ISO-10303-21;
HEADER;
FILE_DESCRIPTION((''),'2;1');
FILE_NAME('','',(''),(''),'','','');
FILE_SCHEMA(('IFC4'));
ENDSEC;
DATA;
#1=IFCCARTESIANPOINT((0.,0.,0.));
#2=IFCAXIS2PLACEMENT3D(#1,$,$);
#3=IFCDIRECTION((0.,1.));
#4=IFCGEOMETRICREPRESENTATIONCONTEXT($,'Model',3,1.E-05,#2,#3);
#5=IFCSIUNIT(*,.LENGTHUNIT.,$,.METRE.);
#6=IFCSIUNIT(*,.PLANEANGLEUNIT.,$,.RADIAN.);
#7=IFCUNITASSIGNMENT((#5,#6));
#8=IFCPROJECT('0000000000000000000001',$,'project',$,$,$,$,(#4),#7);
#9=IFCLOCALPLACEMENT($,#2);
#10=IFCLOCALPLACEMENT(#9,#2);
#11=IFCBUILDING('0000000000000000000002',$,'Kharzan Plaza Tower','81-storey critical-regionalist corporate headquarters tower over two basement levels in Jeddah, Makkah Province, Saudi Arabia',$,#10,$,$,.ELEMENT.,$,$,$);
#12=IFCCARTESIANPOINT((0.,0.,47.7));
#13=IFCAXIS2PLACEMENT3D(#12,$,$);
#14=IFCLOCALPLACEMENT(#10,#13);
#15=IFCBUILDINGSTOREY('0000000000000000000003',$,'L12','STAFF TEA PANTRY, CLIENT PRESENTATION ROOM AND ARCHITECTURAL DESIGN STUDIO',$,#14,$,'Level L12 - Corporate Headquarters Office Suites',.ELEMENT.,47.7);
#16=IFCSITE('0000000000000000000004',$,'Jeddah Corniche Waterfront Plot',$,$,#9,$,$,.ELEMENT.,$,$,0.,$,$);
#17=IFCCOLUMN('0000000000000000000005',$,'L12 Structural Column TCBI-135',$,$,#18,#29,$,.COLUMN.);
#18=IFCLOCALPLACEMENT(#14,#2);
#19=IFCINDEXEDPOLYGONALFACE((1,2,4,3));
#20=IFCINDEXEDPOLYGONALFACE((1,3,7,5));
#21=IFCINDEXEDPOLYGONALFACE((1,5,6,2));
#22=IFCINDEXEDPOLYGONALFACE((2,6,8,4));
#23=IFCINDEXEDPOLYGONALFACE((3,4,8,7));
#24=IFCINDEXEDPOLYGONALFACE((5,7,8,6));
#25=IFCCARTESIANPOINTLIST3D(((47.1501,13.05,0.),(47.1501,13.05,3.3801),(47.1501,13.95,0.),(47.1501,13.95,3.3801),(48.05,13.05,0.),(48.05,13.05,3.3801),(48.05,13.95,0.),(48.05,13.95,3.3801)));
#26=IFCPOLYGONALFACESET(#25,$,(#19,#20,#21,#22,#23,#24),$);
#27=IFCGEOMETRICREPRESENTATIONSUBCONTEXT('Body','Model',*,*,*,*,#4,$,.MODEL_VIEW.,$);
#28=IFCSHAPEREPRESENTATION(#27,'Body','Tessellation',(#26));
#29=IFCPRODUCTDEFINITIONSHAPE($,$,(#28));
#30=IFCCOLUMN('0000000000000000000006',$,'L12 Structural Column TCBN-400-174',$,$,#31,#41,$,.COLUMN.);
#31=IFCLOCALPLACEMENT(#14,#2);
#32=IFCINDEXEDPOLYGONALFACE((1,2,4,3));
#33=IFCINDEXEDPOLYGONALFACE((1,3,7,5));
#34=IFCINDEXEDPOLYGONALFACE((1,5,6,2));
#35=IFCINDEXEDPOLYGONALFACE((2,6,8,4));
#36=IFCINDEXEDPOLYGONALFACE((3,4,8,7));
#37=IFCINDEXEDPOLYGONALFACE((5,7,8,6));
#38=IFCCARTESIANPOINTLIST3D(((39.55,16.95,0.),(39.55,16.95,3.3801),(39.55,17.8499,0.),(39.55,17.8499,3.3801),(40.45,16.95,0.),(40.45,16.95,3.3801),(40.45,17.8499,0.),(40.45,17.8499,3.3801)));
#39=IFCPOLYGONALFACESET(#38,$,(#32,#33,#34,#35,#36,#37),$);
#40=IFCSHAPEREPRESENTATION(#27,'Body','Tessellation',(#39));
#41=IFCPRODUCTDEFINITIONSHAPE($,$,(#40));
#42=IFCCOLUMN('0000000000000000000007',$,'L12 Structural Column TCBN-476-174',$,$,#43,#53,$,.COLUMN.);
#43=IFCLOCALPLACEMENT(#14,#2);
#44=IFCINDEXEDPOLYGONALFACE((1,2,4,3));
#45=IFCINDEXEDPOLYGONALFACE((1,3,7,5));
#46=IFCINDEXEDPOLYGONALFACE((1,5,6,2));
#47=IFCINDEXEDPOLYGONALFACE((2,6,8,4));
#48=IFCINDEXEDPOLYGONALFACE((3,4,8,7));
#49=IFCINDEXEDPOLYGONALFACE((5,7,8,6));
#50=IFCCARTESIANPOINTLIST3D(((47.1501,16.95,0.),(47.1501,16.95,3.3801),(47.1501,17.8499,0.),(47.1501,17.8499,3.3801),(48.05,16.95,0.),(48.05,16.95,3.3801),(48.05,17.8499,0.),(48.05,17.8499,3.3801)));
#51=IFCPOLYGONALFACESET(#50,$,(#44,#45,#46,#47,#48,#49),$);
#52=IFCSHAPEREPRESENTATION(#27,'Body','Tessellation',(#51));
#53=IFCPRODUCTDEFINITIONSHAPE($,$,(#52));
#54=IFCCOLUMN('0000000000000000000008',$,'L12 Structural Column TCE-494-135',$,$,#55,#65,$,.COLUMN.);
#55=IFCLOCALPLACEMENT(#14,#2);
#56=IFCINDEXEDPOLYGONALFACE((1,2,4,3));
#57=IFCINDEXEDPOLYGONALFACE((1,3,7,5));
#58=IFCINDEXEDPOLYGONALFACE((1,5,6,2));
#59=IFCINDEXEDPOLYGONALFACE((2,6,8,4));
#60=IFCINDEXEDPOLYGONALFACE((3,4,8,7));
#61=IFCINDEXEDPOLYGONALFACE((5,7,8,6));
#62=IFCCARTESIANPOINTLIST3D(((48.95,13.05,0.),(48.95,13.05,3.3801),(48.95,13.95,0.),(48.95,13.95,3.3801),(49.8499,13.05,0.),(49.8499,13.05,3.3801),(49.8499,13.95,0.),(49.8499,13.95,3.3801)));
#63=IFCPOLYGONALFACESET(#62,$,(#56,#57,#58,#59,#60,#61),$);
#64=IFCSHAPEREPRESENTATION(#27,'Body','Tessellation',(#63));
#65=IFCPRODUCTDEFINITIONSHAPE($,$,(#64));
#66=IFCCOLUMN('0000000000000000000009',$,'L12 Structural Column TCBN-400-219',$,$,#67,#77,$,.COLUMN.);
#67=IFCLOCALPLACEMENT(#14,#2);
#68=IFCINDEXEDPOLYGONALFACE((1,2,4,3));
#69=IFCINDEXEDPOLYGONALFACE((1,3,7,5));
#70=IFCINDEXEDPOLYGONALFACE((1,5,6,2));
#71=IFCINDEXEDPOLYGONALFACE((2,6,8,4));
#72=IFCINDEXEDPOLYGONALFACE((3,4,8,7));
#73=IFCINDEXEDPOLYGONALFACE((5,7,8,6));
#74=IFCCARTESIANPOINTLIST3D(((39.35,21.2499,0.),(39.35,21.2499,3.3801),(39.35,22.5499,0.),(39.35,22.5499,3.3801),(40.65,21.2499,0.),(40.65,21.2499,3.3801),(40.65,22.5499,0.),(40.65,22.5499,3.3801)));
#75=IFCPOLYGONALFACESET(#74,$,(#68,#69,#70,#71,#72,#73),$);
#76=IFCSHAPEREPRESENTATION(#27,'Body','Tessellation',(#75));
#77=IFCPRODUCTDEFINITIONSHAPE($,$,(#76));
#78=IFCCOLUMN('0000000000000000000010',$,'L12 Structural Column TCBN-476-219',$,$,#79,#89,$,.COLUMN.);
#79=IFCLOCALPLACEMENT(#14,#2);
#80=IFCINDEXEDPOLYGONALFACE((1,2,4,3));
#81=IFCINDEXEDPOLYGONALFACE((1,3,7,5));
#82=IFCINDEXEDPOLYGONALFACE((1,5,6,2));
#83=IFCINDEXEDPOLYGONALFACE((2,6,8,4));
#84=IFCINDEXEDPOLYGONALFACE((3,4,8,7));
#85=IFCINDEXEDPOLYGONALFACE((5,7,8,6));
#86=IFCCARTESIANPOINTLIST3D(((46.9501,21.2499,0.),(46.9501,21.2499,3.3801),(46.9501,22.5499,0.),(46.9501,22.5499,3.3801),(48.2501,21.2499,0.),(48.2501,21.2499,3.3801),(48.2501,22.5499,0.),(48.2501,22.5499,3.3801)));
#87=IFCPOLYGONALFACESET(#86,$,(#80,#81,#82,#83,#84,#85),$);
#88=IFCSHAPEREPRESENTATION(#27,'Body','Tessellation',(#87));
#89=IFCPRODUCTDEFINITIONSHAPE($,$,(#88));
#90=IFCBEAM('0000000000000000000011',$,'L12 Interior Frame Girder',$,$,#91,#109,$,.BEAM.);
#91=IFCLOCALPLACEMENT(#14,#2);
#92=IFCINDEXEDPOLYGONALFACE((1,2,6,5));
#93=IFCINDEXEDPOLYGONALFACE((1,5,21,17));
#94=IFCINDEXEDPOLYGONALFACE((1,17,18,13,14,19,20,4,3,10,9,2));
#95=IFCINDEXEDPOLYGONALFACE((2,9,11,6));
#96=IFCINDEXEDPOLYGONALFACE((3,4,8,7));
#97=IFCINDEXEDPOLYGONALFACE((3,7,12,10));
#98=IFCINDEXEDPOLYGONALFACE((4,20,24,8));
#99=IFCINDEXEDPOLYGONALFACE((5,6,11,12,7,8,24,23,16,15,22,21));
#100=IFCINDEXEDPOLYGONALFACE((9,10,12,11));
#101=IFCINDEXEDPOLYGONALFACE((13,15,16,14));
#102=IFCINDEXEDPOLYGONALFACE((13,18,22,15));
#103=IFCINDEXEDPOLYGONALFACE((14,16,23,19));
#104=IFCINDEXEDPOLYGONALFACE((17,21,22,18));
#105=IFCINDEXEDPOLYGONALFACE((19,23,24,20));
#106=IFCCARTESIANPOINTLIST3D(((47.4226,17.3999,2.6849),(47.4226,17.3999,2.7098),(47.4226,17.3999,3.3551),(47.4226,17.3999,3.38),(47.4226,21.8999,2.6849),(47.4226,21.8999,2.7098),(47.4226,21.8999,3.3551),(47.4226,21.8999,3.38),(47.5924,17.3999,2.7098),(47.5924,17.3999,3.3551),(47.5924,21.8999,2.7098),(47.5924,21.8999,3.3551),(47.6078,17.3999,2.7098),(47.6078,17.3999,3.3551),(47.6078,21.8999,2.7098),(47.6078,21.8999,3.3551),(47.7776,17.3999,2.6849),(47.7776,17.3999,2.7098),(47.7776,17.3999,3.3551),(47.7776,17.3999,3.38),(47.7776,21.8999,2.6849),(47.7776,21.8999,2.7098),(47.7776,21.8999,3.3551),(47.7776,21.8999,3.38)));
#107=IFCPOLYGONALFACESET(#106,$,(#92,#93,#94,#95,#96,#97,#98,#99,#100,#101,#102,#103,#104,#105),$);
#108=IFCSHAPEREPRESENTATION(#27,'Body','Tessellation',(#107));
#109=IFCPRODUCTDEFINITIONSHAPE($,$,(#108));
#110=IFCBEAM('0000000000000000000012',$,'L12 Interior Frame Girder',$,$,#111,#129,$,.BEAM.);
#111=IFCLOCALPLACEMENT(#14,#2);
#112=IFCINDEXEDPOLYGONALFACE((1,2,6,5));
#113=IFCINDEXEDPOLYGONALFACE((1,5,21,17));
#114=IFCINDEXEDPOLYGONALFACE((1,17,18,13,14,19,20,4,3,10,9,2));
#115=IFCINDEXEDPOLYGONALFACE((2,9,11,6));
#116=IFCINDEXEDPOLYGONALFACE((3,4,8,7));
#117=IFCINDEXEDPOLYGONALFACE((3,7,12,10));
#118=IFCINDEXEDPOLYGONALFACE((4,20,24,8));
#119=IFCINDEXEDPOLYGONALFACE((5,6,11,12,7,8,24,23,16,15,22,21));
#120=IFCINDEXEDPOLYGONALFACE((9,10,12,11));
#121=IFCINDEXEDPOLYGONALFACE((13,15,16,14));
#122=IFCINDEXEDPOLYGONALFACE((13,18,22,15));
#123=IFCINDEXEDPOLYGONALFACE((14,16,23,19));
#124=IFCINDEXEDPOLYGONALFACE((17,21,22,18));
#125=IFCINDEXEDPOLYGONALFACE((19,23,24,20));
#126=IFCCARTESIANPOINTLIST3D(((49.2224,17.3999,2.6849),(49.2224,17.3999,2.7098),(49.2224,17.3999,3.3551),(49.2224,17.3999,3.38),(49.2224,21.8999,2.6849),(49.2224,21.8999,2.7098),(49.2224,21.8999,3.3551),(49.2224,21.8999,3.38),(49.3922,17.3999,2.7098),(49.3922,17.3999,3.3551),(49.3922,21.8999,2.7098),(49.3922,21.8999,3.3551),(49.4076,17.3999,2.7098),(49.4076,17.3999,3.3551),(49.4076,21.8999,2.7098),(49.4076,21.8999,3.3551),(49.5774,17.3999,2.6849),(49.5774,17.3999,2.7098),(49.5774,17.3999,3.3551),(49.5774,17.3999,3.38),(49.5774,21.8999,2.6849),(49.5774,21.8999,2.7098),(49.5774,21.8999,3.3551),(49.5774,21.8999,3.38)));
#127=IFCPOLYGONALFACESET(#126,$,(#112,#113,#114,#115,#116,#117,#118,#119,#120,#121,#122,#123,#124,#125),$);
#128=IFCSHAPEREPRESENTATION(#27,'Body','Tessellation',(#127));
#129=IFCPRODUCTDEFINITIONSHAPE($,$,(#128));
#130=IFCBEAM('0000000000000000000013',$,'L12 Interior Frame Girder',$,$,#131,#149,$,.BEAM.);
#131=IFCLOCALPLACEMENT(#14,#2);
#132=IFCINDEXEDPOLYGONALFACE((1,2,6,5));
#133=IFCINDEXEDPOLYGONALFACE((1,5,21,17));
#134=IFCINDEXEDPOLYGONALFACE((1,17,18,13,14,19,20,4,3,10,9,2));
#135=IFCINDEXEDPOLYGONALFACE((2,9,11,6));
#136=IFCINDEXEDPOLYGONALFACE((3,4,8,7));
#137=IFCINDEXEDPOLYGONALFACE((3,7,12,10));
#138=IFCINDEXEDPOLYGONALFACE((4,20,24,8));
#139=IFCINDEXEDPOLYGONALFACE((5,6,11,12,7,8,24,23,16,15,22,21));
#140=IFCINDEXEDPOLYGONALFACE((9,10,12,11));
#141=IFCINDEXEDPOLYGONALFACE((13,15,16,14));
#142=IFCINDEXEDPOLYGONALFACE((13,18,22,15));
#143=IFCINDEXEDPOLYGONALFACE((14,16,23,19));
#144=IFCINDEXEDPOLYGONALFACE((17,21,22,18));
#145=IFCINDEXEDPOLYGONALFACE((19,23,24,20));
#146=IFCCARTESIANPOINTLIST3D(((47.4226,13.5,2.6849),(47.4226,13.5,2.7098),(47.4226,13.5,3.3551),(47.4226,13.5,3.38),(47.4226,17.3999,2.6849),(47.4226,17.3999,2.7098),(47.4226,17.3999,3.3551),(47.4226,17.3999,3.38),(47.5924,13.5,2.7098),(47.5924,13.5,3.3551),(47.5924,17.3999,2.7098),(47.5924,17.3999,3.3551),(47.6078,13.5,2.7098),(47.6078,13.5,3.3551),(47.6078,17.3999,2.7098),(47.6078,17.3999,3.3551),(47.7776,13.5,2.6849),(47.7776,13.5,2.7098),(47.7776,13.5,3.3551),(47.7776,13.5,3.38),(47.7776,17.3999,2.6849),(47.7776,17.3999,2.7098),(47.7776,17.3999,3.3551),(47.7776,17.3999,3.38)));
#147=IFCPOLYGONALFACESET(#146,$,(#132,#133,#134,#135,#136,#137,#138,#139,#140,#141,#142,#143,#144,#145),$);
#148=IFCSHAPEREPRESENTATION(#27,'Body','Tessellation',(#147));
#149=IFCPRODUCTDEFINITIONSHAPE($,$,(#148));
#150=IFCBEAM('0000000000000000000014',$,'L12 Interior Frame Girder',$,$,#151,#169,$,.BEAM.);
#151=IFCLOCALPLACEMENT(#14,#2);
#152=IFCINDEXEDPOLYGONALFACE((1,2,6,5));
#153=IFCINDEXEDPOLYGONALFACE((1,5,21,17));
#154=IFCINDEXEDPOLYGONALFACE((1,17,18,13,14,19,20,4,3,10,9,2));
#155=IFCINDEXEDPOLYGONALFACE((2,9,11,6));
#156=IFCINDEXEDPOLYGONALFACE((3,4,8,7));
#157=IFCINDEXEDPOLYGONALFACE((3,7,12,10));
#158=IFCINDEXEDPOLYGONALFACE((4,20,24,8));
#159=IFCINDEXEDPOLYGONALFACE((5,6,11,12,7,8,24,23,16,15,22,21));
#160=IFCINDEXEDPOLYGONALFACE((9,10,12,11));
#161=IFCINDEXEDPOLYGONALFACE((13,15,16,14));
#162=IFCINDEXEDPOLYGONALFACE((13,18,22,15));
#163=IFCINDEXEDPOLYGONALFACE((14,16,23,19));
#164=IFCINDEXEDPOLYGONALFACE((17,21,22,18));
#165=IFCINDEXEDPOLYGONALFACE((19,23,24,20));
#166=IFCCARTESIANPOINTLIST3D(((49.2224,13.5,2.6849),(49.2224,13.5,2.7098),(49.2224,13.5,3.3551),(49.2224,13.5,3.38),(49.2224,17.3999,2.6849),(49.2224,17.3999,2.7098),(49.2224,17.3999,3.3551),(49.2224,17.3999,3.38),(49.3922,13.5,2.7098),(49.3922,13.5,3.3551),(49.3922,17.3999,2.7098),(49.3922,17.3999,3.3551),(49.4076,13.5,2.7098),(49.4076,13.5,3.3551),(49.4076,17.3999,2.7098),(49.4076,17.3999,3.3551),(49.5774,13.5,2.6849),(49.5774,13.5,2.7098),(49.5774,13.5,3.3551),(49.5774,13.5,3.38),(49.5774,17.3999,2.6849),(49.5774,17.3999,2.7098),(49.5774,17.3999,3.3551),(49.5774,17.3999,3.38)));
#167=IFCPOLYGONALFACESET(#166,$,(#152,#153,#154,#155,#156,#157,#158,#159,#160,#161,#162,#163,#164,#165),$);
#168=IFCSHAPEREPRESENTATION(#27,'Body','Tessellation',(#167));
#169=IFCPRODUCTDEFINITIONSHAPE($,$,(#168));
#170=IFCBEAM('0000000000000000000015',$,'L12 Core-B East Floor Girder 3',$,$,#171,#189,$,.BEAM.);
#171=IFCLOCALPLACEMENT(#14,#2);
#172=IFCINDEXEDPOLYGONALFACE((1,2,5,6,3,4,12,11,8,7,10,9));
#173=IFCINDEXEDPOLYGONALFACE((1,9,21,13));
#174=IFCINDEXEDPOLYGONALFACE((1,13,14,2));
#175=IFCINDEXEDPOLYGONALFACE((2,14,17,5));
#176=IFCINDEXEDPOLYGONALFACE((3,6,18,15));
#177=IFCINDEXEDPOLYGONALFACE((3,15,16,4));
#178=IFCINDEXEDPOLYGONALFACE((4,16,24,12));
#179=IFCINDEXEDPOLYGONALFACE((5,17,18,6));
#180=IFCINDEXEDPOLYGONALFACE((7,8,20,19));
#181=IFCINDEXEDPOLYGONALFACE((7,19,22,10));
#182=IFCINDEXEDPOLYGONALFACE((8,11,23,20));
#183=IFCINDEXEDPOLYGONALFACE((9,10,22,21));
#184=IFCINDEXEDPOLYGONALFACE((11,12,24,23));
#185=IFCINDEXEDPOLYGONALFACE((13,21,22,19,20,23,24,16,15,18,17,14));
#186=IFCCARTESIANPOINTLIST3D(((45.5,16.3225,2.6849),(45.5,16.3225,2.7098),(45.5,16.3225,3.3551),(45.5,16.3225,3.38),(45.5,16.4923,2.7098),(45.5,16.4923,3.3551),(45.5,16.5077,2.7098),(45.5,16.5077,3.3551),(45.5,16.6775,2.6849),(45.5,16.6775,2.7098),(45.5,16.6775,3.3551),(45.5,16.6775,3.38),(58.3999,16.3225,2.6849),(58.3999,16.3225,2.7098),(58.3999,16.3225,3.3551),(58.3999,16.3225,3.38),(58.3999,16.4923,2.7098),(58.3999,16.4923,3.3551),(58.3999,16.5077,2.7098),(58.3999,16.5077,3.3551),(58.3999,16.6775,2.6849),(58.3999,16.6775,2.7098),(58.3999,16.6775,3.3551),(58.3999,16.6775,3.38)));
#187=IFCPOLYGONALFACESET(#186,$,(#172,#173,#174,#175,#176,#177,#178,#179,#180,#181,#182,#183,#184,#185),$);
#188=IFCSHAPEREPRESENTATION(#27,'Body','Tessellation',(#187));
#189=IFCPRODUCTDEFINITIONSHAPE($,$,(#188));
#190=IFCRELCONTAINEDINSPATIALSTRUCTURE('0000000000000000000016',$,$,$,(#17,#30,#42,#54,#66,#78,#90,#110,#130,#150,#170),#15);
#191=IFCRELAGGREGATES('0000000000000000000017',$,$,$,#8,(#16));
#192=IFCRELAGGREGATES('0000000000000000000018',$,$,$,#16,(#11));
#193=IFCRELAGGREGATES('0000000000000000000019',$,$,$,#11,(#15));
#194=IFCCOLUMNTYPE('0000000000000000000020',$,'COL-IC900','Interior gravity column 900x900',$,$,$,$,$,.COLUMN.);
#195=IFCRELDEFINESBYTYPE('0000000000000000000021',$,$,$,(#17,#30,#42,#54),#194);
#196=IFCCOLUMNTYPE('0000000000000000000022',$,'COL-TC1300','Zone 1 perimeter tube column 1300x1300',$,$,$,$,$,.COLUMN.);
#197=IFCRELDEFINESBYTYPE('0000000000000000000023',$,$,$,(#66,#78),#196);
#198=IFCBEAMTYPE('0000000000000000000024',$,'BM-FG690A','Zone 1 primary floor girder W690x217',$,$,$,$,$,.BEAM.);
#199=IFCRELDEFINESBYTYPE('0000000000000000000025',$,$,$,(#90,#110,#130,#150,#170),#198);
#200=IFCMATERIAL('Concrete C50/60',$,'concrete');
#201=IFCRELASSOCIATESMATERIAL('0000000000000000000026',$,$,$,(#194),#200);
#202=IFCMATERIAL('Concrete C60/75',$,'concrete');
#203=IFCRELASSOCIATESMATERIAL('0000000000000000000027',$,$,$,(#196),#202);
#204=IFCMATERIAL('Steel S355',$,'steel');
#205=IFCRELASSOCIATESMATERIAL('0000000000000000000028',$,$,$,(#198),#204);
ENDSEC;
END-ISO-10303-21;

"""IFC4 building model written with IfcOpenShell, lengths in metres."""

from ifc_helpers import new_model, si_unit, direction, frame, origin, origin_2d, place, context, subcontext, project, spatial, rectangle, i_section, extrude, source, transform, mapped, material, material_profile, profile_set, type_object, element, save


model = new_model("IFC4")

# Units and contexts
model_context = context("Model", 3, precision=1e-05, world=origin(), true_north=direction((0.0, 1.0)))
body_context = subcontext(model_context, "Body", "Model", "MODEL_VIEW")
ifc_project = project(units=[si_unit("LENGTHUNIT", "METRE"), si_unit("PLANEANGLEUNIT", "RADIAN")], contexts=[model_context])

# Site, building, storey
site_placement = place(None, origin())
site = spatial("IfcSite", under=ifc_project, at=site_placement, Name="Jeddah Corniche Waterfront Plot", CompositionType="ELEMENT", RefElevation=0.0)
building_placement = place(site_placement, origin())
building = spatial("IfcBuilding", under=site, at=building_placement, Name="Kharzan Plaza Tower", Description="81-storey critical-regionalist corporate headquarters tower over two basement levels in Jeddah, Makkah Province, Saudi Arabia", CompositionType="ELEMENT")
storey_placement = place(building_placement, frame((0.0, 0.0, 47.7)))
storey = spatial("IfcBuildingStorey", under=building, at=storey_placement, Name="L12", Description="STAFF TEA PANTRY, CLIENT PRESENTATION ROOM AND ARCHITECTURAL DESIGN STUDIO", LongName="Level L12 - Corporate Headquarters Office Suites", CompositionType="ELEMENT", Elevation=47.7)

# Columns
ifc_material_1 = material(Name="Concrete C50/60", Category="concrete")
ifc_material_profile_1 = material_profile(ifc_material_1, rectangle(XDim=0.8999, YDim=0.8999, at=origin_2d()), Name="RC-IC900x900")
ifc_profile_set_1 = profile_set([ifc_material_profile_1], Name="Concrete C50/60")
column_type_1 = type_object("IfcColumnType", Name="COL-IC900", Description="Interior gravity column 900x900", PredefinedType="COLUMN", material=ifc_profile_set_1)
shared_shape_1 = source(origin(), body_context, "Body", "SweptSolid", [
    extrude(rectangle(XDim=0.8999, YDim=0.8999, at=origin_2d()), origin(), (0.0, 0.0, 1.0), 3.3801),
])
for number, where, z_axis, x_axis, name in (
    (1, (47.6001, 13.5, 0.0), (0.0, 0.0, 1.0), (1.0, 0.0, 0.0), "L12 Structural Column TCBI-135"),
    (2, (40.0, 17.3999, 0.0), (0.0, 0.0, 1.0), (1.0, 0.0, 0.0), "L12 Structural Column TCBN-400-174"),
    (3, (47.6001, 17.3999, 0.0), (0.0, 0.0, 1.0), (1.0, 0.0, 0.0), "L12 Structural Column TCBN-476-174"),
    (4, (49.3999, 13.5, 0.0), (0.0, 0.0, 1.0), (1.0, 0.0, 0.0), "L12 Structural Column TCE-494-135"),
):
    element("IfcColumn", number, at=place(storey_placement, frame(where, z_axis=z_axis, x_axis=x_axis)), inside=storey, type_object=column_type_1, Name=name, PredefinedType="COLUMN", context=body_context, shape_type="MappedRepresentation", body=[
        mapped(shared_shape_1, transform((0.0, 0.0, 0.0), x_axis=(1.0, 0.0, 0.0), y_axis=(0.0, 1.0, 0.0), z_axis=(0.0, 0.0, 1.0))),
    ])
ifc_material_2 = material(Name="Concrete C60/75", Category="concrete")
ifc_material_profile_2 = material_profile(ifc_material_2, rectangle(XDim=1.3, YDim=1.3, at=origin_2d()), Name="RC-TC1300x1300")
ifc_profile_set_2 = profile_set([ifc_material_profile_2], Name="Concrete C60/75")
column_type_2 = type_object("IfcColumnType", Name="COL-TC1300", Description="Zone 1 perimeter tube column 1300x1300", PredefinedType="COLUMN", material=ifc_profile_set_2)
shared_shape_2 = source(origin(), body_context, "Body", "SweptSolid", [
    extrude(rectangle(XDim=1.3, YDim=1.3, at=origin_2d()), origin(), (0.0, 0.0, 1.0), 3.3801),
])
for number, where, z_axis, x_axis, name in (
    (5, (40.0, 21.8999, 0.0), (0.0, 0.0, 1.0), (1.0, 0.0, 0.0), "L12 Structural Column TCBN-400-219"),
    (6, (47.6001, 21.8999, 0.0), (0.0, 0.0, 1.0), (1.0, 0.0, 0.0), "L12 Structural Column TCBN-476-219"),
):
    element("IfcColumn", number, at=place(storey_placement, frame(where, z_axis=z_axis, x_axis=x_axis)), inside=storey, type_object=column_type_2, Name=name, PredefinedType="COLUMN", context=body_context, shape_type="MappedRepresentation", body=[
        mapped(shared_shape_2, transform((0.0, 0.0, 0.0), x_axis=(1.0, 0.0, 0.0), y_axis=(0.0, 1.0, 0.0), z_axis=(0.0, 0.0, 1.0))),
    ])

# Beams
ifc_material_3 = material(Name="Steel S355", Category="steel")
ifc_material_profile_3 = material_profile(ifc_material_3, i_section(OverallWidth=0.355, OverallDepth=0.6951, WebThickness=0.0154, FlangeThickness=0.0249, at=origin_2d()), Name="W690x217")
ifc_profile_set_3 = profile_set([ifc_material_profile_3], Name="Steel S355")
beam_type_1 = type_object("IfcBeamType", Name="BM-FG690A", Description="Zone 1 primary floor girder W690x217", PredefinedType="BEAM", material=ifc_profile_set_3)
shared_shape_3 = source(origin(), body_context, "Body", "SweptSolid", [
    extrude(i_section(OverallWidth=0.355, OverallDepth=0.6951, WebThickness=0.0154, FlangeThickness=0.0249, at=origin_2d()), origin(), (0.0, 0.0, 1.0), 4.5),
])
for number, where, z_axis, x_axis, name in (
    (7, (47.6001, 17.3999, 3.0325), (0.0, 1.0, 0.0), (-1.0, 0.0, 0.0), "L12 Interior Frame Girder"),
    (8, (49.3999, 17.3999, 3.0325), (0.0, 1.0, 0.0), (-1.0, 0.0, 0.0), "L12 Interior Frame Girder"),
):
    element("IfcBeam", number, at=place(storey_placement, frame(where, z_axis=z_axis, x_axis=x_axis)), inside=storey, type_object=beam_type_1, Name=name, PredefinedType="BEAM", context=body_context, shape_type="MappedRepresentation", body=[
        mapped(shared_shape_3, transform((0.0, 0.0, 0.0), x_axis=(1.0, 0.0, 0.0), y_axis=(0.0, 1.0, 0.0), z_axis=(0.0, 0.0, 1.0))),
    ])
shared_shape_4 = source(origin(), body_context, "Body", "SweptSolid", [
    extrude(i_section(OverallWidth=0.355, OverallDepth=0.6951, WebThickness=0.0154, FlangeThickness=0.0249, at=origin_2d()), origin(), (0.0, 0.0, 1.0), 3.8999),
])
for number, where, z_axis, x_axis, name in (
    (9, (47.6001, 13.5, 3.0325), (0.0, 1.0, 0.0), (-1.0, 0.0, 0.0), "L12 Interior Frame Girder"),
    (10, (49.3999, 13.5, 3.0325), (0.0, 1.0, 0.0), (-1.0, 0.0, 0.0), "L12 Interior Frame Girder"),
):
    element("IfcBeam", number, at=place(storey_placement, frame(where, z_axis=z_axis, x_axis=x_axis)), inside=storey, type_object=beam_type_1, Name=name, PredefinedType="BEAM", context=body_context, shape_type="MappedRepresentation", body=[
        mapped(shared_shape_4, transform((0.0, 0.0, 0.0), x_axis=(1.0, 0.0, 0.0), y_axis=(0.0, 1.0, 0.0), z_axis=(0.0, 0.0, 1.0))),
    ])
shared_shape_5 = source(origin(), body_context, "Body", "SweptSolid", [
    extrude(i_section(OverallWidth=0.355, OverallDepth=0.6951, WebThickness=0.0154, FlangeThickness=0.0249, at=origin_2d()), origin(), (0.0, 0.0, 1.0), 12.8999),
])
beam_1_placement = place(storey_placement, frame((45.5, 16.5, 3.0325), z_axis=(1.0, 0.0, 0.0), x_axis=(0.0, 1.0, 0.0)))
element("IfcBeam", 11, at=beam_1_placement, inside=storey, type_object=beam_type_1, Name="L12 Core-B East Floor Girder 3", PredefinedType="BEAM", context=body_context, shape_type="MappedRepresentation", body=[
    mapped(shared_shape_5, transform((0.0, 0.0, 0.0), x_axis=(1.0, 0.0, 0.0), y_axis=(0.0, 1.0, 0.0), z_axis=(0.0, 0.0, 1.0))),
])

save(model, "model.ifc")
